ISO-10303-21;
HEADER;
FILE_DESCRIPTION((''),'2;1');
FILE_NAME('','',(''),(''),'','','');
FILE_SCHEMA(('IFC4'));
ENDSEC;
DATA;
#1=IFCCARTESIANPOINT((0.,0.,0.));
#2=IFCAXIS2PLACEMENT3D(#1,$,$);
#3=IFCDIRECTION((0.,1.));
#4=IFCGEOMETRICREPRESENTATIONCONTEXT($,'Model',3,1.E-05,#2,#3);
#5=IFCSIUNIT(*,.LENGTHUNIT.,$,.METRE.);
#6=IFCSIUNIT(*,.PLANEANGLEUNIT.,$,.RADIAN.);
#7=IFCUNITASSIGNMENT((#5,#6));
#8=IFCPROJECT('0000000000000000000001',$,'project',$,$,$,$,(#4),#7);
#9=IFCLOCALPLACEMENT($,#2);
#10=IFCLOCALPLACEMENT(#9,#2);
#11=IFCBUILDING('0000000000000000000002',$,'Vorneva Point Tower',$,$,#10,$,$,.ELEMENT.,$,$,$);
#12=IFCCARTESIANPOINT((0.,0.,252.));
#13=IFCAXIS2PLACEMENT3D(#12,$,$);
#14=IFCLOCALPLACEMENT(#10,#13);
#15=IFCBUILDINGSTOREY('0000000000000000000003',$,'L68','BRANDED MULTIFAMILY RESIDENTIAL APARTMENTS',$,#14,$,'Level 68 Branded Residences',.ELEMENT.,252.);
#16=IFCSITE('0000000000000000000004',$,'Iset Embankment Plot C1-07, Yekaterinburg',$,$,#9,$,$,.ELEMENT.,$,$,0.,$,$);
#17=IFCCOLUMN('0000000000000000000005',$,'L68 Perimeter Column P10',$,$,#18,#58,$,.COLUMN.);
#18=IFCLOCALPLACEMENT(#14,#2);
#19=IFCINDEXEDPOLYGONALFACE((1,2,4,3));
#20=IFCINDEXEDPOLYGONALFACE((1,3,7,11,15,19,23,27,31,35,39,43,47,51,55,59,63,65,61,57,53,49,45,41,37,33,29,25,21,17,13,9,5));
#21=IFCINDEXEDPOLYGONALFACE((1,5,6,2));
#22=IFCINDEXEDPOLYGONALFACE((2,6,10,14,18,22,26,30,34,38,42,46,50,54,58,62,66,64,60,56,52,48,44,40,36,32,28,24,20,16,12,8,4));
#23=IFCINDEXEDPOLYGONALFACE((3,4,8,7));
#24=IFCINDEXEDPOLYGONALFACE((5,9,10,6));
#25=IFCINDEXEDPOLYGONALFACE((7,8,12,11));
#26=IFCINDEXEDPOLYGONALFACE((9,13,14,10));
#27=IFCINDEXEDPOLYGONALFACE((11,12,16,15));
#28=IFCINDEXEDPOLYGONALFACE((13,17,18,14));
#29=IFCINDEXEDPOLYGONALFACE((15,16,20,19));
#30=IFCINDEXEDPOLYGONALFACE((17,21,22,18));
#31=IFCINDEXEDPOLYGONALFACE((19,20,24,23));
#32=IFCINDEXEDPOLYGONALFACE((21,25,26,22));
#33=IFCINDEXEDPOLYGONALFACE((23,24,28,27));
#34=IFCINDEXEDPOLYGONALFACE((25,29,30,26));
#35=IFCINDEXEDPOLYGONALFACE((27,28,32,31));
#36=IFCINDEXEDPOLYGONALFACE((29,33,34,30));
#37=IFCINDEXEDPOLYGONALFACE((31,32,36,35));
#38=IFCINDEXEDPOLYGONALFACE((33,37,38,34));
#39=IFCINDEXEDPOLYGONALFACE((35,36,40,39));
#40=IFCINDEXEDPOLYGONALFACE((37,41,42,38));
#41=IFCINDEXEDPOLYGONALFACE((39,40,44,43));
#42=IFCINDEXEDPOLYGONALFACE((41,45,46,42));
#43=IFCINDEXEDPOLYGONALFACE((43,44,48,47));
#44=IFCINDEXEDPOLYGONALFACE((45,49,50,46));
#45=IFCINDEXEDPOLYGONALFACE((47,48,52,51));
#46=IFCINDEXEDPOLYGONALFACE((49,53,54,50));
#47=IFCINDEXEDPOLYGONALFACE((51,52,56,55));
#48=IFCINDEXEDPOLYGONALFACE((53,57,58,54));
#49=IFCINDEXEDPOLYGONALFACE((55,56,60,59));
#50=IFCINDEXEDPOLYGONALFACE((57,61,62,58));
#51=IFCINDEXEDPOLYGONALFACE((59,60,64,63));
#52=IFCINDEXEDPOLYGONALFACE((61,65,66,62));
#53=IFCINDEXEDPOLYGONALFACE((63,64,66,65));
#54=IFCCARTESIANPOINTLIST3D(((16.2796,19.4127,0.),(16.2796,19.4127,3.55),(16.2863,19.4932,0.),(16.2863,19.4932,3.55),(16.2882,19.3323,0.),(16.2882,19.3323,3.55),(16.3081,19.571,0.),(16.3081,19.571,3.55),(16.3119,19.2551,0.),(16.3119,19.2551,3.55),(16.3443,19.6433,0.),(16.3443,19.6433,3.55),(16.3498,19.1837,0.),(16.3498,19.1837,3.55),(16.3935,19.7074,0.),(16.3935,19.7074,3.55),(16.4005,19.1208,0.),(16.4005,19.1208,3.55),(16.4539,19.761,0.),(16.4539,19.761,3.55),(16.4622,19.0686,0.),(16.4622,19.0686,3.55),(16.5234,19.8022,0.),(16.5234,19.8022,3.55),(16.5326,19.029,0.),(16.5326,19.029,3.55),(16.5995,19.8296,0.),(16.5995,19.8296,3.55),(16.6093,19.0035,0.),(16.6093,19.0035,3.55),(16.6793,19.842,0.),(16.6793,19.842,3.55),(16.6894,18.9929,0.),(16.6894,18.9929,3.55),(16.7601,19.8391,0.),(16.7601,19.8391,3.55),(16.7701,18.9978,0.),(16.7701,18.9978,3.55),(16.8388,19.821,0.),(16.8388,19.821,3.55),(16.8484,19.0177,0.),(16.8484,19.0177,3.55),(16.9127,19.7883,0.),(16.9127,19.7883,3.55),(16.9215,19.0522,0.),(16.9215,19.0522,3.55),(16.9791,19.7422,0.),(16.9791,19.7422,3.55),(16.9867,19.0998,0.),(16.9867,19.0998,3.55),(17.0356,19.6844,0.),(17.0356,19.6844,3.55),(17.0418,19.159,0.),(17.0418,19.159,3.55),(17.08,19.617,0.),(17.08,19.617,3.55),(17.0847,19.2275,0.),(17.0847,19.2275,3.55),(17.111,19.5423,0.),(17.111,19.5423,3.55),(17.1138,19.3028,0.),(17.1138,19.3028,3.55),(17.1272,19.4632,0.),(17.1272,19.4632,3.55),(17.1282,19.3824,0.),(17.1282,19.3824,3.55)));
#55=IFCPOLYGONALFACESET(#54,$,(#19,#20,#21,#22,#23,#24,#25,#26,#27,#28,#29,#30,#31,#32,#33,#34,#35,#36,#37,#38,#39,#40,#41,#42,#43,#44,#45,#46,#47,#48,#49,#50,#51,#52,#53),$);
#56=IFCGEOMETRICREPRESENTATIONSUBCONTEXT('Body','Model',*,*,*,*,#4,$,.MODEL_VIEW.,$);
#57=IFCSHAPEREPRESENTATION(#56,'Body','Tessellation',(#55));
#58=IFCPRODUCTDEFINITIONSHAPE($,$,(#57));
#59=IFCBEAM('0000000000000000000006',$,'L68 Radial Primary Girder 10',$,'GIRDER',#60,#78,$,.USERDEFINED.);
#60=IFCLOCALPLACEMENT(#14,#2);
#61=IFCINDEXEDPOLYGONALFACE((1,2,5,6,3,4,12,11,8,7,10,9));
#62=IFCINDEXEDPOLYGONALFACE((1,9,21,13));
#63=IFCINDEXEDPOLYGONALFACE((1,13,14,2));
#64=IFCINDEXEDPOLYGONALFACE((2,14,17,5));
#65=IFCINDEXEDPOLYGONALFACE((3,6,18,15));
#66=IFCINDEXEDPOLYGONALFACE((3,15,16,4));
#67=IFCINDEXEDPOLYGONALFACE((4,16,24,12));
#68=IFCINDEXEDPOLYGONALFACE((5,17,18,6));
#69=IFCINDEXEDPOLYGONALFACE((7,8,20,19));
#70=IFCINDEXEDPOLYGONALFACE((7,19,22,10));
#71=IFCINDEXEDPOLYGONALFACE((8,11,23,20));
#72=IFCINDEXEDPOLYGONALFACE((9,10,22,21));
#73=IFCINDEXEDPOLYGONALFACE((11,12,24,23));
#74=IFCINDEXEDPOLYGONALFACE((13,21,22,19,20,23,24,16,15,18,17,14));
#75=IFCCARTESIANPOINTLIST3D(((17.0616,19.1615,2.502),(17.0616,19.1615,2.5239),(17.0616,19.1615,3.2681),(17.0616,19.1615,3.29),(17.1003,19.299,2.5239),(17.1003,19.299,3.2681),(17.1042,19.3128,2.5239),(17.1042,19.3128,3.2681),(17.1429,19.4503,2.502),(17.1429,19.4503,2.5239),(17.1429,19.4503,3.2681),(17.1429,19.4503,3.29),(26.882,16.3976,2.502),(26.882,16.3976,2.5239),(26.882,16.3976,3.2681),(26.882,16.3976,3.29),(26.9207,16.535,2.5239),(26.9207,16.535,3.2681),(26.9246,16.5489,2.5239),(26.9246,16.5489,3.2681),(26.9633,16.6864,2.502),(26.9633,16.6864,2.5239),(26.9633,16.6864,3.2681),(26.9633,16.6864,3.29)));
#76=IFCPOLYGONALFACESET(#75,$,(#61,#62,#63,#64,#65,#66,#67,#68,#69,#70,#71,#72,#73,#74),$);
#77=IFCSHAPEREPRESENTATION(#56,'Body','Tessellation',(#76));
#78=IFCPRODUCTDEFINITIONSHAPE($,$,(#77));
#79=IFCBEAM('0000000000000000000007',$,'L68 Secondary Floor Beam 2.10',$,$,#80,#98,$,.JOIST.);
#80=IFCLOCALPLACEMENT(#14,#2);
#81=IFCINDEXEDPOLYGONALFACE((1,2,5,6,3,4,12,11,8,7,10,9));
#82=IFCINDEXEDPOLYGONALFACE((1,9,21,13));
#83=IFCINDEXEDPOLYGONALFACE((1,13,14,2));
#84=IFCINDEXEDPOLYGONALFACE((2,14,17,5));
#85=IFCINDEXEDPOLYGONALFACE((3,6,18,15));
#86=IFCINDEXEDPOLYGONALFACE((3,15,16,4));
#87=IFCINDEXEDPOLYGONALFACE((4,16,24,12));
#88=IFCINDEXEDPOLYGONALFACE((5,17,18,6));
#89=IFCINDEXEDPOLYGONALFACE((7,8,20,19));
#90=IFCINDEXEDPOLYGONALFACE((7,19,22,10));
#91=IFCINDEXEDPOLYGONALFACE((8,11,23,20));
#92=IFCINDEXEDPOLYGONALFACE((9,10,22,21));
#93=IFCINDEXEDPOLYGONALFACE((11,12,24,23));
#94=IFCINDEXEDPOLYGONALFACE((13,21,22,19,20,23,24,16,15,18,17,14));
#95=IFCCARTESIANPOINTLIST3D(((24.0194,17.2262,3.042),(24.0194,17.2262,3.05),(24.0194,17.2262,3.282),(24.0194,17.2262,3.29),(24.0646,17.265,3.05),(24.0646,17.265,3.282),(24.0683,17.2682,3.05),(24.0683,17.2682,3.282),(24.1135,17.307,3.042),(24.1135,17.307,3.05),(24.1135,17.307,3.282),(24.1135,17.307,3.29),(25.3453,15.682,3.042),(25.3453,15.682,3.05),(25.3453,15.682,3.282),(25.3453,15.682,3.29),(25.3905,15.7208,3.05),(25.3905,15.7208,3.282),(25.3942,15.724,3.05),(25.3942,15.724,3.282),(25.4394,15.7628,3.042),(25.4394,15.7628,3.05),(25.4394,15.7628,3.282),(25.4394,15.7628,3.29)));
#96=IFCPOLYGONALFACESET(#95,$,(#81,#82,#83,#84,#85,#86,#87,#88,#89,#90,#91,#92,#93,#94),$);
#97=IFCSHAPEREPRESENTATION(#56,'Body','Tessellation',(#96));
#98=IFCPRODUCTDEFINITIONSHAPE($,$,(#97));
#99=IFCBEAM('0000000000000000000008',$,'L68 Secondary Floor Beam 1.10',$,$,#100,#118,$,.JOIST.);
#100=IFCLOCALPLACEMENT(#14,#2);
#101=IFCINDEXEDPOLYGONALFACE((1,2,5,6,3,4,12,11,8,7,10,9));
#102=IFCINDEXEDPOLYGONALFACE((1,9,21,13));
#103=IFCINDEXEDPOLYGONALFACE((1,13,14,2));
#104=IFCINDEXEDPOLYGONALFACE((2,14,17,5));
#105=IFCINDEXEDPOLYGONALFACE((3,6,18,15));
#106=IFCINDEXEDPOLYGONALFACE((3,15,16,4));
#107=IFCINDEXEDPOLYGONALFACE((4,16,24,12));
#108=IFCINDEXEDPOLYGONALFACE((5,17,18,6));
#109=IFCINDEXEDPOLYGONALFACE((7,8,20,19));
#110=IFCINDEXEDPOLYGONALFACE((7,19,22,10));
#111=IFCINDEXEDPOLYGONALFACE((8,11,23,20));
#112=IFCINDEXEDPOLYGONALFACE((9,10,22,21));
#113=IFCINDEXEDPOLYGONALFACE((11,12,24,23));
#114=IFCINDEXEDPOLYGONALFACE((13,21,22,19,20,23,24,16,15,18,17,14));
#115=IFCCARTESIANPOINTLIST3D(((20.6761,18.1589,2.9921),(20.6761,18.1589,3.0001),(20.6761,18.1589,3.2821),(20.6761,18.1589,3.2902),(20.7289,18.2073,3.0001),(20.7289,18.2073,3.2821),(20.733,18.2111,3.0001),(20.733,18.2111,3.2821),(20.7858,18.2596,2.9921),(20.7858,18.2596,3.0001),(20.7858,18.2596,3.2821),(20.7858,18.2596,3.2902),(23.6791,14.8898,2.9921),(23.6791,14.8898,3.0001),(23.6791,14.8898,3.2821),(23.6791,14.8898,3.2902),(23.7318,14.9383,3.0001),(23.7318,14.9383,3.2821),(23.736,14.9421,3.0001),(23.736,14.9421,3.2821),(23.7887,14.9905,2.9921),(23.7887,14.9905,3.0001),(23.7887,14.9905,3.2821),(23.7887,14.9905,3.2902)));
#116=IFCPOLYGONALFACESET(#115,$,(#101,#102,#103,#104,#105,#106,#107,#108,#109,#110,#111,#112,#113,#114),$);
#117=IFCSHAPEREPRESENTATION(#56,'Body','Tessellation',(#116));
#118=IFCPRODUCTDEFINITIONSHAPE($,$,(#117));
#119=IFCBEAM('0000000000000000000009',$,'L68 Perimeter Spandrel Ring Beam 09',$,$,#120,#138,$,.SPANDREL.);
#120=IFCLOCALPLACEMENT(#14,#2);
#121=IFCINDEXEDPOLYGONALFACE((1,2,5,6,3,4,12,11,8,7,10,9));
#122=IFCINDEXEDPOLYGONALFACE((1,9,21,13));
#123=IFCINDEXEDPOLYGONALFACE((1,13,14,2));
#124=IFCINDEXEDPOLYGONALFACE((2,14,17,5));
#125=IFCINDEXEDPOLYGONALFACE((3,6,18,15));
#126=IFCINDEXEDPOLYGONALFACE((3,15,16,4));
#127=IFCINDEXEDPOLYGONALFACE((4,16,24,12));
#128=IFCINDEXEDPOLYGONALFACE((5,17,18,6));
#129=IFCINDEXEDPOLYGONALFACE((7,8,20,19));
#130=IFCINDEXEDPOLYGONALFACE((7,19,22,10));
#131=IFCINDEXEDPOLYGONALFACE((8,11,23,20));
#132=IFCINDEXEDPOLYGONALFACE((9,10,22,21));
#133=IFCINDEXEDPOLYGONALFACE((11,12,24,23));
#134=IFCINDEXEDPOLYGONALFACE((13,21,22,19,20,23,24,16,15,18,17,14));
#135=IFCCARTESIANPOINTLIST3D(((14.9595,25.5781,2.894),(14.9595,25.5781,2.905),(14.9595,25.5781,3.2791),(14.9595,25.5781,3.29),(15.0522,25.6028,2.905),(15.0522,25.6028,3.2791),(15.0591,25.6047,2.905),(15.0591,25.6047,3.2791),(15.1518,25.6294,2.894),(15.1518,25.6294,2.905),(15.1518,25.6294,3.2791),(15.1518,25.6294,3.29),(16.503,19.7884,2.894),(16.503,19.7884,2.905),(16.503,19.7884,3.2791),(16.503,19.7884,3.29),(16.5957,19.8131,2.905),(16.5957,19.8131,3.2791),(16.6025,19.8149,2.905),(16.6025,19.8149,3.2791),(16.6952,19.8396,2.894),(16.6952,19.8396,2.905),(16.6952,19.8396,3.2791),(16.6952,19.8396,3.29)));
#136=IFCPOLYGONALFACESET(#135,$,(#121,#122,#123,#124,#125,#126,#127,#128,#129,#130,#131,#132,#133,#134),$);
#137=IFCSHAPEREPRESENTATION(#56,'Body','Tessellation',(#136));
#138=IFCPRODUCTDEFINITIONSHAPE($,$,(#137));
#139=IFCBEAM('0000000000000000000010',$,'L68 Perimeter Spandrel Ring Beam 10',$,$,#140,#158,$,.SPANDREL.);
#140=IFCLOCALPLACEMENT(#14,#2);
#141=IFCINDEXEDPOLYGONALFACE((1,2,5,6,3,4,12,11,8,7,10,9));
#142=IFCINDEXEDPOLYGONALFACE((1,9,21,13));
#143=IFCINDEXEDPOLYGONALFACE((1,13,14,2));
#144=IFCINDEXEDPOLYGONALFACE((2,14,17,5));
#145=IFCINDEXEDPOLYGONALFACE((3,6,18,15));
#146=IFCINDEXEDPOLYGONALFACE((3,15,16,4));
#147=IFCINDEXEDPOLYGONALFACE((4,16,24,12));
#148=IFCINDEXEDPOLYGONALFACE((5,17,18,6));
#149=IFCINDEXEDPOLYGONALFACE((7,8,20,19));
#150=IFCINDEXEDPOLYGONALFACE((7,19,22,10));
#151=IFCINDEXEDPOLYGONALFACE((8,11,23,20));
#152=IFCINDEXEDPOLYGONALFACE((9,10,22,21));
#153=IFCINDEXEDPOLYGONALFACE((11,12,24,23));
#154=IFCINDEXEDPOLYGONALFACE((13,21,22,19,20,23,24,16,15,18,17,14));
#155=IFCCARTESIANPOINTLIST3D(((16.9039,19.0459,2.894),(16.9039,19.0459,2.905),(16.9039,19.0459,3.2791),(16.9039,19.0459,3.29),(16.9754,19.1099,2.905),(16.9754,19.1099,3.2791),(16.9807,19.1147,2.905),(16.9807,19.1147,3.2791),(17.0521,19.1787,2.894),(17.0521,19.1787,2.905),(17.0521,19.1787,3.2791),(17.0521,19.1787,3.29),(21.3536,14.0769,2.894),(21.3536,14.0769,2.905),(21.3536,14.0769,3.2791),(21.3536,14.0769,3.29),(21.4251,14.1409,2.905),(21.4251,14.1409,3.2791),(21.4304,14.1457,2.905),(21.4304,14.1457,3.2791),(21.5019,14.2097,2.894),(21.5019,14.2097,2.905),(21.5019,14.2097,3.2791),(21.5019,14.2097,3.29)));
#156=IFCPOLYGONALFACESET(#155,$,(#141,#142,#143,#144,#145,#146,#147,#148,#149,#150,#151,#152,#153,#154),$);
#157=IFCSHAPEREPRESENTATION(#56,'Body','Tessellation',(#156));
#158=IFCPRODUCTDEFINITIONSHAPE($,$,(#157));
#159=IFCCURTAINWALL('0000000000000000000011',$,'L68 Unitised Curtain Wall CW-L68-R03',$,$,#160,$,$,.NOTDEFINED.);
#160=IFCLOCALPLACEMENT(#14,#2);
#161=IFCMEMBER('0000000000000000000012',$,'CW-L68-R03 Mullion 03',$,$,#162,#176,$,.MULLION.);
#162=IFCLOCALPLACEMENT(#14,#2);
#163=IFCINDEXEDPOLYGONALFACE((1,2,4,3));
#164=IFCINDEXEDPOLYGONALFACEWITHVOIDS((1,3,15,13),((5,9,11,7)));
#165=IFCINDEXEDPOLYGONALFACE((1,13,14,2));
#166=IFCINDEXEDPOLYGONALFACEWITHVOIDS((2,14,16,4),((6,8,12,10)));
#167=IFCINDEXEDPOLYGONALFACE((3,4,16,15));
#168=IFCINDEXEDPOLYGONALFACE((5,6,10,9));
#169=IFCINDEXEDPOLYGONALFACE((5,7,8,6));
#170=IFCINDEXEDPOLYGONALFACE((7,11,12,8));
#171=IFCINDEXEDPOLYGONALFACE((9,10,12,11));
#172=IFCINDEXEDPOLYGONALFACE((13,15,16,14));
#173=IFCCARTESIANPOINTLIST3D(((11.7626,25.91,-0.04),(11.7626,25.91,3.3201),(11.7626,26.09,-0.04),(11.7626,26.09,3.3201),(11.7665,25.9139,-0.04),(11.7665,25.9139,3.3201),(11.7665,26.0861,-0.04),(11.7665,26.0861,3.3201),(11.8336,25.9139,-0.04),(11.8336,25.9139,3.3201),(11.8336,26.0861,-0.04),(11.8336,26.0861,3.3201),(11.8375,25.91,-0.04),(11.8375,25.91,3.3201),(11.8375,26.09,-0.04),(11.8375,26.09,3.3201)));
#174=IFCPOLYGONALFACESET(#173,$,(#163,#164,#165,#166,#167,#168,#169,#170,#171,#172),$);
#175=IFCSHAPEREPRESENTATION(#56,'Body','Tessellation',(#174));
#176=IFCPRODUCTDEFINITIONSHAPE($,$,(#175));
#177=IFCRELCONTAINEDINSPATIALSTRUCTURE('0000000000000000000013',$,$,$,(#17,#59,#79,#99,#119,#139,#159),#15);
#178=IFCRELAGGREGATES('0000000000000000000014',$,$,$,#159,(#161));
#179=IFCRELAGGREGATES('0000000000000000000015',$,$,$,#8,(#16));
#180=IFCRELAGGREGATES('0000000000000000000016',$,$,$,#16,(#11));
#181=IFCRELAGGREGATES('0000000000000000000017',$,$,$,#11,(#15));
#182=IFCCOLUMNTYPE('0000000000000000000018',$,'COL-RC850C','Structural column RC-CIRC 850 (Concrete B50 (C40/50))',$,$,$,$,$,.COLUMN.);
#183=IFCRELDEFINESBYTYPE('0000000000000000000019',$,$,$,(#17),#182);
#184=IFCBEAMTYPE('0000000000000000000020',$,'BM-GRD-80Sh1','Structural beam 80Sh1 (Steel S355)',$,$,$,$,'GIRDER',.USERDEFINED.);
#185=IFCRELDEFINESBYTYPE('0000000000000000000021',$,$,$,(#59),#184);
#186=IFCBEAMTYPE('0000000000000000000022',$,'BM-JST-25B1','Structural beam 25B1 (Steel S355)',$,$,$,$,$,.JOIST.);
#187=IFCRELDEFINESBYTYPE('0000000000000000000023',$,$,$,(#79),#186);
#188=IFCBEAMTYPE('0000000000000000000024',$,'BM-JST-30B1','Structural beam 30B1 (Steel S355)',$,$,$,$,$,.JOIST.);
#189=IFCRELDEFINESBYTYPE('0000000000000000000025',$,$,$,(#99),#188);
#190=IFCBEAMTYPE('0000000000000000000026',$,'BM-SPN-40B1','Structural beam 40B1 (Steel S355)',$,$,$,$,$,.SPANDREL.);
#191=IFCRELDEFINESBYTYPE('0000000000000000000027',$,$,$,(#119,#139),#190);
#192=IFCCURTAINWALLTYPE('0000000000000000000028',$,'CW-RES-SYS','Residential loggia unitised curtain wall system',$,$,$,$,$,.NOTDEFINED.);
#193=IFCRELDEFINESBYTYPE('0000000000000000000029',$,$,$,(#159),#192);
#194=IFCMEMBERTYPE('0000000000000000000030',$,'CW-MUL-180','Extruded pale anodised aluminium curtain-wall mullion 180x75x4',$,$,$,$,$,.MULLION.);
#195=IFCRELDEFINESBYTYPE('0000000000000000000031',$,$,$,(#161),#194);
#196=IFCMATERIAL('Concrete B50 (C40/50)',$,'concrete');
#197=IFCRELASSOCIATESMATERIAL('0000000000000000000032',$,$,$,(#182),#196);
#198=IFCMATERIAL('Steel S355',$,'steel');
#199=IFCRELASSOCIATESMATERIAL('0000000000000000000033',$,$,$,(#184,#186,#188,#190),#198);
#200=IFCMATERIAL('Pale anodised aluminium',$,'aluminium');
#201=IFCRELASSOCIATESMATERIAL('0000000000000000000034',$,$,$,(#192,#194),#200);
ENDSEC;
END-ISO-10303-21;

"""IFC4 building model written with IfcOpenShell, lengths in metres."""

from ifc_helpers import new_model, si_unit, direction, frame, origin, origin_2d, place, context, subcontext, project, spatial, hollow_rectangle, circle, i_section, extrude, material, material_profile, profile_set, type_object, element, aggregate, save


model = new_model("IFC4")

# Units and contexts
model_context = context("Model", 3, precision=1e-05, world=origin(), true_north=direction((0.0, 1.0)))
body_context = subcontext(model_context, "Body", "Model", "MODEL_VIEW")
ifc_project = project(units=[si_unit("LENGTHUNIT", "METRE"), si_unit("PLANEANGLEUNIT", "RADIAN")], contexts=[model_context])

# Site, building, storey
site_placement = place(None, origin())
site = spatial("IfcSite", under=ifc_project, at=site_placement, Name="Iset Embankment Plot C1-07, Yekaterinburg", CompositionType="ELEMENT", RefElevation=0.0)
building_placement = place(site_placement, origin())
building = spatial("IfcBuilding", under=site, at=building_placement, Name="Vorneva Point Tower", CompositionType="ELEMENT")
storey_placement = place(building_placement, frame((0.0, 0.0, 252.0)))
storey = spatial("IfcBuildingStorey", under=building, at=storey_placement, Name="L68", Description="BRANDED MULTIFAMILY RESIDENTIAL APARTMENTS", LongName="Level 68 Branded Residences", CompositionType="ELEMENT", Elevation=252.0)

# Column
ifc_material_1 = material(Name="Concrete B50 (C40/50)", Category="concrete")
ifc_material_profile_1 = material_profile(ifc_material_1, circle(Radius=0.425, at=origin_2d()), Name="RC-CIRC 850")
ifc_profile_set_1 = profile_set([ifc_material_profile_1], Name="Concrete B50 (C40/50)")
column_type = type_object("IfcColumnType", Name="COL-RC850C", Description="Structural column RC-CIRC 850 (Concrete B50 (C40/50))", PredefinedType="COLUMN", material=ifc_profile_set_1)
column_placement = place(storey_placement, frame((16.7046, 19.4177, 0.0), z_axis=(0.0, 0.0, 1.0), x_axis=(-0.92388, -0.382683, 0.0)))
element("IfcColumn", 1, at=column_placement, inside=storey, type_object=column_type, Name="L68 Perimeter Column P10", PredefinedType="COLUMN", context=body_context, shape_type="SweptSolid", body=[
    extrude(circle(Radius=0.425, at=origin_2d()), origin(), (0.0, 0.0, 1.0), 3.55),
])

# Beams
ifc_material_2 = material(Name="Steel S355", Category="steel")
ifc_material_profile_2 = material_profile(ifc_material_2, i_section(OverallWidth=0.3, OverallDepth=0.7881, WebThickness=0.0144, FlangeThickness=0.022, at=origin_2d()), Name="80Sh1")
ifc_profile_set_2 = profile_set([ifc_material_profile_2], Name="Steel S355")
beam_type_1 = type_object("IfcBeamType", Name="BM-GRD-80Sh1", Description="Structural beam 80Sh1 (Steel S355)", ElementType="GIRDER", PredefinedType="USERDEFINED", material=ifc_profile_set_2)
beam_1_placement = place(storey_placement, frame((17.1023, 19.3059, 2.896), z_axis=(0.962601, -0.270923, 0.0), x_axis=(0.270923, 0.962601, 0.0)))
element("IfcBeam", 2, at=beam_1_placement, inside=storey, type_object=beam_type_1, Name="L68 Radial Primary Girder 10", ObjectType="GIRDER", PredefinedType="USERDEFINED", context=body_context, shape_type="SweptSolid", body=[
    extrude(i_section(OverallWidth=0.3, OverallDepth=0.7881, WebThickness=0.0144, FlangeThickness=0.022, at=origin_2d()), origin(), (0.0, 0.0, 1.0), 10.2019),
])
ifc_material_profile_3 = material_profile(ifc_material_2, i_section(OverallWidth=0.124, OverallDepth=0.248, WebThickness=0.0049, FlangeThickness=0.0081, at=origin_2d()), Name="25B1")
ifc_profile_set_3 = profile_set([ifc_material_profile_3], Name="Steel S355")
beam_type_2 = type_object("IfcBeamType", Name="BM-JST-25B1", Description="Structural beam 25B1 (Steel S355)", PredefinedType="JOIST", material=ifc_profile_set_3)
beam_2_placement = place(storey_placement, frame((24.0664, 17.2666, 3.166), z_axis=(0.651453, -0.758689, 0.0), x_axis=(0.758689, 0.651453, 0.0)))
element("IfcBeam", 3, at=beam_2_placement, inside=storey, type_object=beam_type_2, Name="L68 Secondary Floor Beam 2.10", PredefinedType="JOIST", context=body_context, shape_type="SweptSolid", body=[
    extrude(i_section(OverallWidth=0.124, OverallDepth=0.248, WebThickness=0.0049, FlangeThickness=0.0081, at=origin_2d()), origin(), (0.0, 0.0, 1.0), 2.0354),
])
ifc_material_profile_4 = material_profile(ifc_material_2, i_section(OverallWidth=0.1489, OverallDepth=0.2981, WebThickness=0.0056, FlangeThickness=0.0081, at=origin_2d()), Name="30B1")
ifc_profile_set_4 = profile_set([ifc_material_profile_4], Name="Steel S355")
beam_type_3 = type_object("IfcBeamType", Name="BM-JST-30B1", Description="Structural beam 30B1 (Steel S355)", PredefinedType="JOIST", material=ifc_profile_set_4)
beam_3_placement = place(storey_placement, frame((20.731, 18.2092, 3.1411), z_axis=(0.676496, -0.736446, 0.0), x_axis=(0.736446, 0.676496, 0.0)))
element("IfcBeam", 4, at=beam_3_placement, inside=storey, type_object=beam_type_3, Name="L68 Secondary Floor Beam 1.10", PredefinedType="JOIST", context=body_context, shape_type="SweptSolid", body=[
    extrude(i_section(OverallWidth=0.1489, OverallDepth=0.2981, WebThickness=0.0056, FlangeThickness=0.0081, at=origin_2d()), origin(), (0.0, 0.0, 1.0), 4.439),
])
ifc_material_profile_5 = material_profile(ifc_material_2, i_section(OverallWidth=0.199, OverallDepth=0.396, WebThickness=0.0071, FlangeThickness=0.011, at=origin_2d()), Name="40B1")
ifc_profile_set_5 = profile_set([ifc_material_profile_5], Name="Steel S355")
beam_type_4 = type_object("IfcBeamType", Name="BM-SPN-40B1", Description="Structural beam 40B1 (Steel S355)", PredefinedType="SPANDREL", material=ifc_profile_set_5)
beam_4_placement = place(storey_placement, frame((15.0557, 25.6038, 3.092), z_axis=(0.257587, -0.966255, 0.0), x_axis=(0.966255, 0.257587, 0.0)))
element("IfcBeam", 5, at=beam_4_placement, inside=storey, type_object=beam_type_4, Name="L68 Perimeter Spandrel Ring Beam 09", PredefinedType="SPANDREL", context=body_context, shape_type="SweptSolid", body=[
    extrude(i_section(OverallWidth=0.199, OverallDepth=0.396, WebThickness=0.0071, FlangeThickness=0.011, at=origin_2d()), origin(), (0.0, 0.0, 1.0), 5.9919),
])
beam_5_placement = place(storey_placement, frame((16.978, 19.1123, 3.092), z_axis=(0.667108, -0.744961, 0.0), x_axis=(0.744961, 0.667108, 0.0)))
element("IfcBeam", 6, at=beam_5_placement, inside=storey, type_object=beam_type_4, Name="L68 Perimeter Spandrel Ring Beam 10", PredefinedType="SPANDREL", context=body_context, shape_type="SweptSolid", body=[
    extrude(i_section(OverallWidth=0.199, OverallDepth=0.396, WebThickness=0.0071, FlangeThickness=0.011, at=origin_2d()), origin(), (0.0, 0.0, 1.0), 6.6702),
])

# Curtain wall, member
ifc_material_3 = material(Name="Pale anodised aluminium", Category="aluminium")
curtain_wall_type = type_object("IfcCurtainWallType", Name="CW-RES-SYS", Description="Residential loggia unitised curtain wall system", PredefinedType="NOTDEFINED", material=ifc_material_3)
curtain_wall_placement = place(storey_placement, origin())
curtain_wall = element("IfcCurtainWall", 7, at=curtain_wall_placement, inside=storey, type_object=curtain_wall_type, Name="L68 Unitised Curtain Wall CW-L68-R03", PredefinedType="NOTDEFINED")
ifc_material_profile_6 = material_profile(ifc_material_3, hollow_rectangle(XDim=0.075, YDim=0.1799, WallThickness=0.0039, at=origin_2d()), Name="AL-MUL 180x75x4")
ifc_profile_set_6 = profile_set([ifc_material_profile_6], Name="Pale anodised aluminium")
member_type_1 = type_object("IfcMemberType", Name="CW-MUL-180", Description="Extruded pale anodised aluminium curtain-wall mullion 180x75x4", PredefinedType="MULLION", material=ifc_profile_set_6)
member_1_placement = place(storey_placement, frame((11.8, 26.0, -0.04), z_axis=(0.0, 0.0, 1.0), x_axis=(1.0, 0.0, 0.0)))
member_1 = element("IfcMember", 8, at=member_1_placement, type_object=member_type_1, Name="CW-L68-R03 Mullion 03", PredefinedType="MULLION", context=body_context, shape_type="SweptSolid", body=[
    extrude(hollow_rectangle(XDim=0.075, YDim=0.1799, WallThickness=0.0039, at=origin_2d()), origin(), (0.0, 0.0, 1.0), 3.3601),
])
aggregate(curtain_wall, [member_1])

save(model, "model.ifc")
